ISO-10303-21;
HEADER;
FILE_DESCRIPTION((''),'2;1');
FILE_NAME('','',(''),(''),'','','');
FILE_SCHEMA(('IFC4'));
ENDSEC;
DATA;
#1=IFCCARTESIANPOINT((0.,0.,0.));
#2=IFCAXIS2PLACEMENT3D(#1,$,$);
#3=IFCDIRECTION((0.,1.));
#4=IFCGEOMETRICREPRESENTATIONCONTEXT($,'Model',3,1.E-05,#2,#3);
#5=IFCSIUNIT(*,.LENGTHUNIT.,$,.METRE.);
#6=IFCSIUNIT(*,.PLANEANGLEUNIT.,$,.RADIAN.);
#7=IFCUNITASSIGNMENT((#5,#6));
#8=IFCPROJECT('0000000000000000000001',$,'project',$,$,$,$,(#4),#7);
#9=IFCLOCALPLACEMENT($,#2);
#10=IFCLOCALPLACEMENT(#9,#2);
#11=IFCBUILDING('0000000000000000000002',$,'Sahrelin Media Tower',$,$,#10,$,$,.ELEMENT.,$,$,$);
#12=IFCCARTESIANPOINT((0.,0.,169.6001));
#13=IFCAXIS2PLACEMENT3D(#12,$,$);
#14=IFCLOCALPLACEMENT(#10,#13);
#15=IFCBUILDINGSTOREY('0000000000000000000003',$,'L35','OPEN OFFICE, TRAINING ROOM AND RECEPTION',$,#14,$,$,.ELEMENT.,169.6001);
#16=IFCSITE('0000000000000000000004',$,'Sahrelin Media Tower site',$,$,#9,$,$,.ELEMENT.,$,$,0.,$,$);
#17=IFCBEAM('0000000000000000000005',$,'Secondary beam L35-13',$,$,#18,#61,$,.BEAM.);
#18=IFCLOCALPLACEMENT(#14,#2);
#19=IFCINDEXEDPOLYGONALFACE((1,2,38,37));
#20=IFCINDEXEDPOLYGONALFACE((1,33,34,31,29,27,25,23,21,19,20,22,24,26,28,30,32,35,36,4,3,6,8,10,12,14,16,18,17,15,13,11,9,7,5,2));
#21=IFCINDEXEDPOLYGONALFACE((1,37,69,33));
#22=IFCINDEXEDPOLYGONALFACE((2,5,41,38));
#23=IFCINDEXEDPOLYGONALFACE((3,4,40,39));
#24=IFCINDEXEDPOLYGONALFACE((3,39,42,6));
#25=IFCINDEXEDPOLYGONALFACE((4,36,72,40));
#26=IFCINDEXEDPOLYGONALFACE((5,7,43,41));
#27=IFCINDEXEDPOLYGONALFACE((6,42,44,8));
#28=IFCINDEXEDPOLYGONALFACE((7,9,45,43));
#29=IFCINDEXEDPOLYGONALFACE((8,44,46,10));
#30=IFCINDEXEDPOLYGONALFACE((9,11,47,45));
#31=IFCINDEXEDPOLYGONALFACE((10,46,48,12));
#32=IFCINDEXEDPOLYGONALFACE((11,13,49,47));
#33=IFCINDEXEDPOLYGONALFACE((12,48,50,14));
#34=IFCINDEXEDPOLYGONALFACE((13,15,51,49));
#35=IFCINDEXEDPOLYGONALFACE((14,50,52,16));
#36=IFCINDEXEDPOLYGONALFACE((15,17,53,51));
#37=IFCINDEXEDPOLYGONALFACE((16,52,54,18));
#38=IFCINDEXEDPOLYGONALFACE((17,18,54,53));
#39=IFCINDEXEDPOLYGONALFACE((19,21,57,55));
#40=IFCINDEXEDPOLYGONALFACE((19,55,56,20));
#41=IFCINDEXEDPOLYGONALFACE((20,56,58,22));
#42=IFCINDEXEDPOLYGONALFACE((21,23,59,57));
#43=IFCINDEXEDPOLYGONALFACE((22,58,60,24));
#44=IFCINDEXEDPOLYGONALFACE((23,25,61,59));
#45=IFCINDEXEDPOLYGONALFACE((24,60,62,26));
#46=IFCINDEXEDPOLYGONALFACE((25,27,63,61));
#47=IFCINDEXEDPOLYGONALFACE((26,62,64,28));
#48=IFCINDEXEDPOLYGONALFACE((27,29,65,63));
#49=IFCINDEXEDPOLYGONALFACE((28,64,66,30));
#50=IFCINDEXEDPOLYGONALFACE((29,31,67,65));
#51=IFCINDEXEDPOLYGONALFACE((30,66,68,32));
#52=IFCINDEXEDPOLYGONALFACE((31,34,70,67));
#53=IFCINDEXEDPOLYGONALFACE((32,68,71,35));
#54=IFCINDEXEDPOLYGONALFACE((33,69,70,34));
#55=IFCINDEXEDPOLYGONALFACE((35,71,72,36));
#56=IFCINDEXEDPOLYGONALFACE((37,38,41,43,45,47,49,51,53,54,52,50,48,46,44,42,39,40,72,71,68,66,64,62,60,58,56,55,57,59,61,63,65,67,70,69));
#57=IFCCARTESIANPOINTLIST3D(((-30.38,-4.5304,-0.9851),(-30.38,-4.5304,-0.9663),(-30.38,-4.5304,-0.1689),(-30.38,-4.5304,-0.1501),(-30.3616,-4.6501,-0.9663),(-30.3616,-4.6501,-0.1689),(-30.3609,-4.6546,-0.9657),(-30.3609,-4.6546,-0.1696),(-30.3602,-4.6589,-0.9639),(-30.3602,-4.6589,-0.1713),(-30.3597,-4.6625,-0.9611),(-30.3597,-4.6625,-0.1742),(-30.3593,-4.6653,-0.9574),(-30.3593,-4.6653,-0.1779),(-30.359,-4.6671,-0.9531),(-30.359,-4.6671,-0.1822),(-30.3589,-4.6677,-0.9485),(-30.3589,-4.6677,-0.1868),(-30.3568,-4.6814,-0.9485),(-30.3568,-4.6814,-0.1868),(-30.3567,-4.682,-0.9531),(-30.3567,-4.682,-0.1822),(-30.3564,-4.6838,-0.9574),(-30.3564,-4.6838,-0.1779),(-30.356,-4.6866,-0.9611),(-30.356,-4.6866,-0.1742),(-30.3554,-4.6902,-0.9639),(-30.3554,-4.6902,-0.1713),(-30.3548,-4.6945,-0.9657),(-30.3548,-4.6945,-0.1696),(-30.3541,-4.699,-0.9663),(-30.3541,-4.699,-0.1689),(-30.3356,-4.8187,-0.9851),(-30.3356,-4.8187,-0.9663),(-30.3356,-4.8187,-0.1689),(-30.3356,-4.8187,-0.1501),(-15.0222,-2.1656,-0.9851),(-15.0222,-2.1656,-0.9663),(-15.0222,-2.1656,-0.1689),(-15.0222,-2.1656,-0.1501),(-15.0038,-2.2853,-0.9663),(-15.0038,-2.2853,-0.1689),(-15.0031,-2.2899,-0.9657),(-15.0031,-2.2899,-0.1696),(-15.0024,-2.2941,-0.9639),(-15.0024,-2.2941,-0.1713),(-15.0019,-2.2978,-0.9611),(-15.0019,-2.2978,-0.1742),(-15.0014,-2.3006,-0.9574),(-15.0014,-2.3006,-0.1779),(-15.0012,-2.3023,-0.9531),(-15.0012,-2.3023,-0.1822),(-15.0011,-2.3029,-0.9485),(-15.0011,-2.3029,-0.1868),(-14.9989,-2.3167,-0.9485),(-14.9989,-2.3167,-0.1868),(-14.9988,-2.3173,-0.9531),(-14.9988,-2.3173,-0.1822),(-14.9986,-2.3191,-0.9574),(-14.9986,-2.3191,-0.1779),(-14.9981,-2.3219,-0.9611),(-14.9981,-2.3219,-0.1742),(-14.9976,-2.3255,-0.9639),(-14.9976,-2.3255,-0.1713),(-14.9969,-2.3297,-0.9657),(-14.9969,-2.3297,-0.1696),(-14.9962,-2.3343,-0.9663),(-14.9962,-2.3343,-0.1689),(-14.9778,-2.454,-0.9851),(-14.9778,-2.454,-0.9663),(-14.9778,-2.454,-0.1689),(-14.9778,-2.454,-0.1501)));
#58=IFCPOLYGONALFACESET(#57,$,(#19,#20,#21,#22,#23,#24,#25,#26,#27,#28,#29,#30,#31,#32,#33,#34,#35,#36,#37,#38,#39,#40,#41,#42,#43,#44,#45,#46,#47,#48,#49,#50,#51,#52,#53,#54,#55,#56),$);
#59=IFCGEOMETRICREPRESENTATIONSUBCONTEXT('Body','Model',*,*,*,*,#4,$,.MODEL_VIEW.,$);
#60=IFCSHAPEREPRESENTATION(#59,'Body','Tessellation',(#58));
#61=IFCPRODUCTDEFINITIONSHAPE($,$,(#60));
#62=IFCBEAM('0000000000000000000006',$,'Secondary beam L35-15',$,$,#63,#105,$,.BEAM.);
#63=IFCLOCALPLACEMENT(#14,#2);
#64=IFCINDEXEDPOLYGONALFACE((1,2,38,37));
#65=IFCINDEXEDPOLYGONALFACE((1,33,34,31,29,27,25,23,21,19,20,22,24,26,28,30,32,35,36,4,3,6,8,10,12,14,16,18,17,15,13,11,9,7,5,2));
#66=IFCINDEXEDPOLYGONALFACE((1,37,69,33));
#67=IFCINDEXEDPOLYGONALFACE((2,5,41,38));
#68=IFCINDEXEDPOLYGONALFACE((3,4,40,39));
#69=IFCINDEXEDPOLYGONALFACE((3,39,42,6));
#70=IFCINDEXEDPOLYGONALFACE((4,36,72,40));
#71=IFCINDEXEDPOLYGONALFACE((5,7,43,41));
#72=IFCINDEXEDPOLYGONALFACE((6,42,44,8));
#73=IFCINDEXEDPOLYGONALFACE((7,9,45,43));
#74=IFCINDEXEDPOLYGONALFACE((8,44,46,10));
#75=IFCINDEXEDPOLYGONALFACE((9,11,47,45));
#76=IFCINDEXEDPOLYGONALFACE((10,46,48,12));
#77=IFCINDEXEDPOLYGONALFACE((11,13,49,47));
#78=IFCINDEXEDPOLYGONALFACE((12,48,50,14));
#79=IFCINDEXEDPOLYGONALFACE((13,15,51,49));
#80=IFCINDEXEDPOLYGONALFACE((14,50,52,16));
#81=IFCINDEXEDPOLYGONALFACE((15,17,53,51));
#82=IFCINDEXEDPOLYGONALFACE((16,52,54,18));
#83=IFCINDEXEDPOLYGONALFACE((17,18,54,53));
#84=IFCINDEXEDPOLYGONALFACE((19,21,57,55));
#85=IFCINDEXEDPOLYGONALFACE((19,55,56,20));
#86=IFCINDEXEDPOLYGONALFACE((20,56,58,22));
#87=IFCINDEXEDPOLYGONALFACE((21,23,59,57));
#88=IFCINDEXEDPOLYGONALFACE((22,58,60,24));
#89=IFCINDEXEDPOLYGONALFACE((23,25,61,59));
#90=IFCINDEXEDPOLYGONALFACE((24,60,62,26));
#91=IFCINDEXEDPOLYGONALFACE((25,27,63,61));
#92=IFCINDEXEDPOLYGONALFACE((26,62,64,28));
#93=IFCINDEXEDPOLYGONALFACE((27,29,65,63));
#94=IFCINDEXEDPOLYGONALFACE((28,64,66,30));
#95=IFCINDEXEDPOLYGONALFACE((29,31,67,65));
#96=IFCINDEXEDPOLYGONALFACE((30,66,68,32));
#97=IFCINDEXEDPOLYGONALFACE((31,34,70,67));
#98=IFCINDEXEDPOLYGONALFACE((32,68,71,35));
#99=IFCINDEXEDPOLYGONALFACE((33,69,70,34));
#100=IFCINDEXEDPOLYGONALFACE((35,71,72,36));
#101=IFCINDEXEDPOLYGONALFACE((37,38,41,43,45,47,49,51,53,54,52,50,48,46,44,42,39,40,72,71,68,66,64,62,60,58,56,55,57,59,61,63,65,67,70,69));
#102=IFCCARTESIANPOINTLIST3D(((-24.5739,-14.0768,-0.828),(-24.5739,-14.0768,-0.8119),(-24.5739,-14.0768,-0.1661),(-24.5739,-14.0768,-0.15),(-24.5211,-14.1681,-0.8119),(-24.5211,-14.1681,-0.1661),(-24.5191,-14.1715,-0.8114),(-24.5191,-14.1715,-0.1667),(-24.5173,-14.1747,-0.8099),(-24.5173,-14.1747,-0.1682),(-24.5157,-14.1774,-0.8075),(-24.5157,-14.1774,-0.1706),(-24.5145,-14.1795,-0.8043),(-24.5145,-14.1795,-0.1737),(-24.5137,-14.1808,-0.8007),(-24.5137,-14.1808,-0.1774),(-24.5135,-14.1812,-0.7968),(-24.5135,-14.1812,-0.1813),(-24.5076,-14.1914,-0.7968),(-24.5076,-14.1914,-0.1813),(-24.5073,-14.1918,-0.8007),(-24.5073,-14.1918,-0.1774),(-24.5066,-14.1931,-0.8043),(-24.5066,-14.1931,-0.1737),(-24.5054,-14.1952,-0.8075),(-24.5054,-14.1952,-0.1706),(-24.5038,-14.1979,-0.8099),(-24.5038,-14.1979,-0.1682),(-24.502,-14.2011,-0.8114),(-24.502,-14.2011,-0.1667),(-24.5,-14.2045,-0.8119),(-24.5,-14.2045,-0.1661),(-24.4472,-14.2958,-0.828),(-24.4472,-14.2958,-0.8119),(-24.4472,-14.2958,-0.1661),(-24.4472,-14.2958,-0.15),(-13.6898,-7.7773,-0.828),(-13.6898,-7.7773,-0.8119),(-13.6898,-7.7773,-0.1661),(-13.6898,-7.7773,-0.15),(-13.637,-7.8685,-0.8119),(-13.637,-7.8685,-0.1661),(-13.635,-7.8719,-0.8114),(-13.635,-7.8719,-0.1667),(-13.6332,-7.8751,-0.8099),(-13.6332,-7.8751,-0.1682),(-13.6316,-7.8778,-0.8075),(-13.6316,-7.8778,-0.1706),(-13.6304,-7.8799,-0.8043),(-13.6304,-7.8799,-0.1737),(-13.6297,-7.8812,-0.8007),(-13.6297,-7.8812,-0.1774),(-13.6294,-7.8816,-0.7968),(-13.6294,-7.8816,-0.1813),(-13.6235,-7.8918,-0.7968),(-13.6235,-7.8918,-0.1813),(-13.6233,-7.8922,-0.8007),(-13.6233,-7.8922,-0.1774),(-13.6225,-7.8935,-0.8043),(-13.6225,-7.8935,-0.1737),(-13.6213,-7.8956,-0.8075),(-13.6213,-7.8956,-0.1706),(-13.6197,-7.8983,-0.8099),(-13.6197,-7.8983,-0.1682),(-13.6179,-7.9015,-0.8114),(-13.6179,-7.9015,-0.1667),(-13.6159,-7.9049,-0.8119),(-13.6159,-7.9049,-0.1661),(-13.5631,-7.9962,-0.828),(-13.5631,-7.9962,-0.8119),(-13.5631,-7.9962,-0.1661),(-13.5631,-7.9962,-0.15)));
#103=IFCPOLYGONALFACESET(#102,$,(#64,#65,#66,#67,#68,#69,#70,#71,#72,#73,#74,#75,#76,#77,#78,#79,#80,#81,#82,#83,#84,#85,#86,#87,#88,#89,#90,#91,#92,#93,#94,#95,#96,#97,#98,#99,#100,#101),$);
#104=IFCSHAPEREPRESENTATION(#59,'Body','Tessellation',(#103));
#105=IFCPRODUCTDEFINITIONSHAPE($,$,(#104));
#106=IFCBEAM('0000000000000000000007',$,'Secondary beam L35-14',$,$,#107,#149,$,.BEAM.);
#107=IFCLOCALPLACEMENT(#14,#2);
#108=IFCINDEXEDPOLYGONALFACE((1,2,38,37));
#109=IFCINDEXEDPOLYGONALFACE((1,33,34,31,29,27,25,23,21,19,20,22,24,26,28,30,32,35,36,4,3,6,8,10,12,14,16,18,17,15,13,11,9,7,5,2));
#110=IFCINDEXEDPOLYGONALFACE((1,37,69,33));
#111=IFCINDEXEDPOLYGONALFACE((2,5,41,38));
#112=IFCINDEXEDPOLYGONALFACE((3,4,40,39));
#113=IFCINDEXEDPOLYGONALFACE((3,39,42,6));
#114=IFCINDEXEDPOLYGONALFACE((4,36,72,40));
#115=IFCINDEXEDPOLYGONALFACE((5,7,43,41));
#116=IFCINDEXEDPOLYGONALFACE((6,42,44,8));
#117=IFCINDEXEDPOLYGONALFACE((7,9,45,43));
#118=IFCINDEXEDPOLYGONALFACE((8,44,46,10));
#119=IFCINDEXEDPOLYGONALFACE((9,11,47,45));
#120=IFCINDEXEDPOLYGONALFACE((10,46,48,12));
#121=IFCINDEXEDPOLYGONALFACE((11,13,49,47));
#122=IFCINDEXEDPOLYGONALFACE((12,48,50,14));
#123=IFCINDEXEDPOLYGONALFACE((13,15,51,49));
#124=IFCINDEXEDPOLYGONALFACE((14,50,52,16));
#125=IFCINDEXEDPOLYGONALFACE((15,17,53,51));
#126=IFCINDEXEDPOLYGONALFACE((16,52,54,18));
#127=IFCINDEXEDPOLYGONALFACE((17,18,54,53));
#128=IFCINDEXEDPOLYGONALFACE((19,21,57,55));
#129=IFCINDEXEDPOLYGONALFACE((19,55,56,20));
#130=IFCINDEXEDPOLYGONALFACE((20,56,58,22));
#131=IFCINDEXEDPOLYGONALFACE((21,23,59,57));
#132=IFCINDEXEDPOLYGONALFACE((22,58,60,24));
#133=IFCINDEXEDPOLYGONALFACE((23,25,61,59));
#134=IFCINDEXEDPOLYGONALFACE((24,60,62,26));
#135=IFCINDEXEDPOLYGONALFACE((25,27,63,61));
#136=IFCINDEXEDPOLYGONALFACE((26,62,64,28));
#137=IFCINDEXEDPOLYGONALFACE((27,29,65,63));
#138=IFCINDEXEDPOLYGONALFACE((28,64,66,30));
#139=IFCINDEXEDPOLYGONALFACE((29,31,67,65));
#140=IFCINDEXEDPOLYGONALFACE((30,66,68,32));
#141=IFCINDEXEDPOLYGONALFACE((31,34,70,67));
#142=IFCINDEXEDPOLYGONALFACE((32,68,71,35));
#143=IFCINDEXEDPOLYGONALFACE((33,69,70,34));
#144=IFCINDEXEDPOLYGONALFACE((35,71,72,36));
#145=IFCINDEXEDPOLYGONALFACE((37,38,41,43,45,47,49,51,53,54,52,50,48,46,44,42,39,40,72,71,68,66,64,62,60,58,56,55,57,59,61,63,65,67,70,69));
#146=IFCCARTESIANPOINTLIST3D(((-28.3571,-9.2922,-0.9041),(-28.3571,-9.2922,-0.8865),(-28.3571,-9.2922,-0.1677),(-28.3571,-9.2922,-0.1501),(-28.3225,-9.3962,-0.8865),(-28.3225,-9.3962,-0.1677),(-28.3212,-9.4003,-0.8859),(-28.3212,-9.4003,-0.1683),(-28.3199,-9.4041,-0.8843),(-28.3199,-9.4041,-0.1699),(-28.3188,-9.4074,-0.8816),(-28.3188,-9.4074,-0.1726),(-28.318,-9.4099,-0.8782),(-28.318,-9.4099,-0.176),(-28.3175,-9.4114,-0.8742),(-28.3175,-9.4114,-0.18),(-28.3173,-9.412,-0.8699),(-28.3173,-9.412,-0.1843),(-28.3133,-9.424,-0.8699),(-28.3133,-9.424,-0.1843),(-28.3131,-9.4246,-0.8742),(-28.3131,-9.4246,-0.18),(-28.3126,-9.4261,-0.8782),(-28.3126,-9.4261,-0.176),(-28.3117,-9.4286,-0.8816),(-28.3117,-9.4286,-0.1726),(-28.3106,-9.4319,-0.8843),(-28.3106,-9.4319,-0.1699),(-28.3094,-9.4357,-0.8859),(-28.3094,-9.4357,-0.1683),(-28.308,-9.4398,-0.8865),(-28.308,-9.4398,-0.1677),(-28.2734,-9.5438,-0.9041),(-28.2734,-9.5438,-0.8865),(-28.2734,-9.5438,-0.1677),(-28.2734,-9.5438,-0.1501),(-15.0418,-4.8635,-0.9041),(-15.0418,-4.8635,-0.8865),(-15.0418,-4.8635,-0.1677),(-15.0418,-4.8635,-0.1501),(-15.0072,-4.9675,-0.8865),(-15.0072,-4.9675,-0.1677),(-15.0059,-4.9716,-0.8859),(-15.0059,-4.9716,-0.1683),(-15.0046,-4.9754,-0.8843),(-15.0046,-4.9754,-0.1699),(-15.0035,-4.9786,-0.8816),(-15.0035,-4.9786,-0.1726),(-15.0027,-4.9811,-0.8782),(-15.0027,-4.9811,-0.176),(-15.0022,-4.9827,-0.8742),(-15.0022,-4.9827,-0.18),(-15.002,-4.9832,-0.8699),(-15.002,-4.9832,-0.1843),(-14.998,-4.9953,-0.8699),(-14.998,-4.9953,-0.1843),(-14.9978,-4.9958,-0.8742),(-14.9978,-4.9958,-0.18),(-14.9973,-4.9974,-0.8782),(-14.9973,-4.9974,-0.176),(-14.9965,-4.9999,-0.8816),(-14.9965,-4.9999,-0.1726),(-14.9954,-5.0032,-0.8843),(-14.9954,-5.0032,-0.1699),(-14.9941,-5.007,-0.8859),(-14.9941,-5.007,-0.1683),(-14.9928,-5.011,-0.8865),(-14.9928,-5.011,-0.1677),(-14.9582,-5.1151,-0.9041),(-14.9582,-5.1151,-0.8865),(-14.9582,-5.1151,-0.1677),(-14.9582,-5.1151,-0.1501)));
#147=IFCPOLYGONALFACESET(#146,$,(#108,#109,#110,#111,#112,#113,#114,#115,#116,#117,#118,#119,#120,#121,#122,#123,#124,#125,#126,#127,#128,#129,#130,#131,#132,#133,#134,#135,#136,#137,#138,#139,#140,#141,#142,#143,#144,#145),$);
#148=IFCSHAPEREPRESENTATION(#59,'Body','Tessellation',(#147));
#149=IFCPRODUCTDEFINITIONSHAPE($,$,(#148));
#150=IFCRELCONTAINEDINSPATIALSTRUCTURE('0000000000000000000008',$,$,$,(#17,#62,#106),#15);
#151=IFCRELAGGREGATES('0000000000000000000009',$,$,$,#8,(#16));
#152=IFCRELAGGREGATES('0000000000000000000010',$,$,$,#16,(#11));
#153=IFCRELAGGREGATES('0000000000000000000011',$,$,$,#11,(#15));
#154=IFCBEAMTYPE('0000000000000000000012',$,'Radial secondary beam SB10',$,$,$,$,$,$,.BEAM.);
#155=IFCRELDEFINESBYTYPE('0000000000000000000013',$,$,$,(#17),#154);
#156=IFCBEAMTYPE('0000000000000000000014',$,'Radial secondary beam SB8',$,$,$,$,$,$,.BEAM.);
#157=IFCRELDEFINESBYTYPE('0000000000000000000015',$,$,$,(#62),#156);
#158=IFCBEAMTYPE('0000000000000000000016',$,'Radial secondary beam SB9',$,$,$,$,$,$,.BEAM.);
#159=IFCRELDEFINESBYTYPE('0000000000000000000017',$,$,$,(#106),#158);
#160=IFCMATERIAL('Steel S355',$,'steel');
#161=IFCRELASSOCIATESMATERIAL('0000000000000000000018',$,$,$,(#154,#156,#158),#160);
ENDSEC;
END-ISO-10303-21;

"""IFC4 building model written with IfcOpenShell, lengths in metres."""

from ifc_helpers import new_model, si_unit, direction, frame, origin, origin_2d, place, context, subcontext, project, spatial, i_section, extrude, material, material_profile, profile_set, type_object, element, save


model = new_model("IFC4")

# Units and contexts
model_context = context("Model", 3, precision=1e-05, world=origin(), true_north=direction((0.0, 1.0)))
body_context = subcontext(model_context, "Body", "Model", "MODEL_VIEW")
ifc_project = project(units=[si_unit("LENGTHUNIT", "METRE"), si_unit("PLANEANGLEUNIT", "RADIAN")], contexts=[model_context])

# Site, building, storey
site_placement = place(None, origin())
site = spatial("IfcSite", under=ifc_project, at=site_placement, Name="Sahrelin Media Tower site", CompositionType="ELEMENT", RefElevation=0.0)
building_placement = place(site_placement, origin())
building = spatial("IfcBuilding", under=site, at=building_placement, Name="Sahrelin Media Tower", CompositionType="ELEMENT")
storey_placement = place(building_placement, frame((0.0, 0.0, 169.6001)))
storey = spatial("IfcBuildingStorey", under=building, at=storey_placement, Name="L35", Description="OPEN OFFICE, TRAINING ROOM AND RECEPTION", CompositionType="ELEMENT", Elevation=169.6001)

# Beams
ifc_material_1 = material(Name="Steel S355", Category="steel")
ifc_material_profile_1 = material_profile(ifc_material_1, i_section(OverallWidth=0.2917, OverallDepth=0.835, WebThickness=0.0139, FlangeThickness=0.0188, FilletRadius=0.0178, at=origin_2d()), Name="UB 838x292x176")
ifc_profile_set_1 = profile_set([ifc_material_profile_1], Name="Steel S355")
beam_type_1 = type_object("IfcBeamType", Name="Radial secondary beam SB10", PredefinedType="BEAM", material=ifc_profile_set_1)
beam_1_placement = place(storey_placement, frame((-15.0, -2.3098, -0.5676), z_axis=(-0.988352, -0.152182, 0.0), x_axis=(0.152182, -0.988352, 0.0)))
element("IfcBeam", 1, at=beam_1_placement, inside=storey, type_object=beam_type_1, Name="Secondary beam L35-13", PredefinedType="BEAM", context=body_context, shape_type="SweptSolid", body=[
    extrude(i_section(OverallWidth=0.2917, OverallDepth=0.835, WebThickness=0.0139, FlangeThickness=0.0188, FilletRadius=0.0178, at=origin_2d()), origin(), (0.0, 0.0, 1.0), 15.5388),
])
ifc_material_profile_2 = material_profile(ifc_material_1, i_section(OverallWidth=0.2529, OverallDepth=0.678, WebThickness=0.0117, FlangeThickness=0.0161, FilletRadius=0.0151, at=origin_2d()), Name="UB 686x254x125")
ifc_profile_set_2 = profile_set([ifc_material_profile_2], Name="Steel S355")
beam_type_2 = type_object("IfcBeamType", Name="Radial secondary beam SB8", PredefinedType="BEAM", material=ifc_profile_set_2)
beam_2_placement = place(storey_placement, frame((-13.6265, -7.8867, -0.489), z_axis=(-0.865486, -0.500934, 0.0), x_axis=(0.500934, -0.865486, 0.0)))
element("IfcBeam", 2, at=beam_2_placement, inside=storey, type_object=beam_type_2, Name="Secondary beam L35-15", PredefinedType="BEAM", context=body_context, shape_type="SweptSolid", body=[
    extrude(i_section(OverallWidth=0.2529, OverallDepth=0.678, WebThickness=0.0117, FlangeThickness=0.0161, FilletRadius=0.0151, at=origin_2d()), origin(), (0.0, 0.0, 1.0), 12.5757),
])
ifc_material_profile_3 = material_profile(ifc_material_1, i_section(OverallWidth=0.2651, OverallDepth=0.7539, WebThickness=0.0127, FlangeThickness=0.0176, FilletRadius=0.0166, at=origin_2d()), Name="UB 762x267x147")
ifc_profile_set_3 = profile_set([ifc_material_profile_3], Name="Steel S355")
beam_type_3 = type_object("IfcBeamType", Name="Radial secondary beam SB9", PredefinedType="BEAM", material=ifc_profile_set_3)
beam_3_placement = place(storey_placement, frame((-15.0, -4.9893, -0.5271), z_axis=(-0.94889, -0.315607, 0.0), x_axis=(0.315607, -0.94889, 0.0)))
element("IfcBeam", 3, at=beam_3_placement, inside=storey, type_object=beam_type_3, Name="Secondary beam L35-14", PredefinedType="BEAM", context=body_context, shape_type="SweptSolid", body=[
    extrude(i_section(OverallWidth=0.2651, OverallDepth=0.7539, WebThickness=0.0127, FlangeThickness=0.0176, FilletRadius=0.0166, at=origin_2d()), origin(), (0.0, 0.0, 1.0), 14.0325),
])

save(model, "model.ifc")
